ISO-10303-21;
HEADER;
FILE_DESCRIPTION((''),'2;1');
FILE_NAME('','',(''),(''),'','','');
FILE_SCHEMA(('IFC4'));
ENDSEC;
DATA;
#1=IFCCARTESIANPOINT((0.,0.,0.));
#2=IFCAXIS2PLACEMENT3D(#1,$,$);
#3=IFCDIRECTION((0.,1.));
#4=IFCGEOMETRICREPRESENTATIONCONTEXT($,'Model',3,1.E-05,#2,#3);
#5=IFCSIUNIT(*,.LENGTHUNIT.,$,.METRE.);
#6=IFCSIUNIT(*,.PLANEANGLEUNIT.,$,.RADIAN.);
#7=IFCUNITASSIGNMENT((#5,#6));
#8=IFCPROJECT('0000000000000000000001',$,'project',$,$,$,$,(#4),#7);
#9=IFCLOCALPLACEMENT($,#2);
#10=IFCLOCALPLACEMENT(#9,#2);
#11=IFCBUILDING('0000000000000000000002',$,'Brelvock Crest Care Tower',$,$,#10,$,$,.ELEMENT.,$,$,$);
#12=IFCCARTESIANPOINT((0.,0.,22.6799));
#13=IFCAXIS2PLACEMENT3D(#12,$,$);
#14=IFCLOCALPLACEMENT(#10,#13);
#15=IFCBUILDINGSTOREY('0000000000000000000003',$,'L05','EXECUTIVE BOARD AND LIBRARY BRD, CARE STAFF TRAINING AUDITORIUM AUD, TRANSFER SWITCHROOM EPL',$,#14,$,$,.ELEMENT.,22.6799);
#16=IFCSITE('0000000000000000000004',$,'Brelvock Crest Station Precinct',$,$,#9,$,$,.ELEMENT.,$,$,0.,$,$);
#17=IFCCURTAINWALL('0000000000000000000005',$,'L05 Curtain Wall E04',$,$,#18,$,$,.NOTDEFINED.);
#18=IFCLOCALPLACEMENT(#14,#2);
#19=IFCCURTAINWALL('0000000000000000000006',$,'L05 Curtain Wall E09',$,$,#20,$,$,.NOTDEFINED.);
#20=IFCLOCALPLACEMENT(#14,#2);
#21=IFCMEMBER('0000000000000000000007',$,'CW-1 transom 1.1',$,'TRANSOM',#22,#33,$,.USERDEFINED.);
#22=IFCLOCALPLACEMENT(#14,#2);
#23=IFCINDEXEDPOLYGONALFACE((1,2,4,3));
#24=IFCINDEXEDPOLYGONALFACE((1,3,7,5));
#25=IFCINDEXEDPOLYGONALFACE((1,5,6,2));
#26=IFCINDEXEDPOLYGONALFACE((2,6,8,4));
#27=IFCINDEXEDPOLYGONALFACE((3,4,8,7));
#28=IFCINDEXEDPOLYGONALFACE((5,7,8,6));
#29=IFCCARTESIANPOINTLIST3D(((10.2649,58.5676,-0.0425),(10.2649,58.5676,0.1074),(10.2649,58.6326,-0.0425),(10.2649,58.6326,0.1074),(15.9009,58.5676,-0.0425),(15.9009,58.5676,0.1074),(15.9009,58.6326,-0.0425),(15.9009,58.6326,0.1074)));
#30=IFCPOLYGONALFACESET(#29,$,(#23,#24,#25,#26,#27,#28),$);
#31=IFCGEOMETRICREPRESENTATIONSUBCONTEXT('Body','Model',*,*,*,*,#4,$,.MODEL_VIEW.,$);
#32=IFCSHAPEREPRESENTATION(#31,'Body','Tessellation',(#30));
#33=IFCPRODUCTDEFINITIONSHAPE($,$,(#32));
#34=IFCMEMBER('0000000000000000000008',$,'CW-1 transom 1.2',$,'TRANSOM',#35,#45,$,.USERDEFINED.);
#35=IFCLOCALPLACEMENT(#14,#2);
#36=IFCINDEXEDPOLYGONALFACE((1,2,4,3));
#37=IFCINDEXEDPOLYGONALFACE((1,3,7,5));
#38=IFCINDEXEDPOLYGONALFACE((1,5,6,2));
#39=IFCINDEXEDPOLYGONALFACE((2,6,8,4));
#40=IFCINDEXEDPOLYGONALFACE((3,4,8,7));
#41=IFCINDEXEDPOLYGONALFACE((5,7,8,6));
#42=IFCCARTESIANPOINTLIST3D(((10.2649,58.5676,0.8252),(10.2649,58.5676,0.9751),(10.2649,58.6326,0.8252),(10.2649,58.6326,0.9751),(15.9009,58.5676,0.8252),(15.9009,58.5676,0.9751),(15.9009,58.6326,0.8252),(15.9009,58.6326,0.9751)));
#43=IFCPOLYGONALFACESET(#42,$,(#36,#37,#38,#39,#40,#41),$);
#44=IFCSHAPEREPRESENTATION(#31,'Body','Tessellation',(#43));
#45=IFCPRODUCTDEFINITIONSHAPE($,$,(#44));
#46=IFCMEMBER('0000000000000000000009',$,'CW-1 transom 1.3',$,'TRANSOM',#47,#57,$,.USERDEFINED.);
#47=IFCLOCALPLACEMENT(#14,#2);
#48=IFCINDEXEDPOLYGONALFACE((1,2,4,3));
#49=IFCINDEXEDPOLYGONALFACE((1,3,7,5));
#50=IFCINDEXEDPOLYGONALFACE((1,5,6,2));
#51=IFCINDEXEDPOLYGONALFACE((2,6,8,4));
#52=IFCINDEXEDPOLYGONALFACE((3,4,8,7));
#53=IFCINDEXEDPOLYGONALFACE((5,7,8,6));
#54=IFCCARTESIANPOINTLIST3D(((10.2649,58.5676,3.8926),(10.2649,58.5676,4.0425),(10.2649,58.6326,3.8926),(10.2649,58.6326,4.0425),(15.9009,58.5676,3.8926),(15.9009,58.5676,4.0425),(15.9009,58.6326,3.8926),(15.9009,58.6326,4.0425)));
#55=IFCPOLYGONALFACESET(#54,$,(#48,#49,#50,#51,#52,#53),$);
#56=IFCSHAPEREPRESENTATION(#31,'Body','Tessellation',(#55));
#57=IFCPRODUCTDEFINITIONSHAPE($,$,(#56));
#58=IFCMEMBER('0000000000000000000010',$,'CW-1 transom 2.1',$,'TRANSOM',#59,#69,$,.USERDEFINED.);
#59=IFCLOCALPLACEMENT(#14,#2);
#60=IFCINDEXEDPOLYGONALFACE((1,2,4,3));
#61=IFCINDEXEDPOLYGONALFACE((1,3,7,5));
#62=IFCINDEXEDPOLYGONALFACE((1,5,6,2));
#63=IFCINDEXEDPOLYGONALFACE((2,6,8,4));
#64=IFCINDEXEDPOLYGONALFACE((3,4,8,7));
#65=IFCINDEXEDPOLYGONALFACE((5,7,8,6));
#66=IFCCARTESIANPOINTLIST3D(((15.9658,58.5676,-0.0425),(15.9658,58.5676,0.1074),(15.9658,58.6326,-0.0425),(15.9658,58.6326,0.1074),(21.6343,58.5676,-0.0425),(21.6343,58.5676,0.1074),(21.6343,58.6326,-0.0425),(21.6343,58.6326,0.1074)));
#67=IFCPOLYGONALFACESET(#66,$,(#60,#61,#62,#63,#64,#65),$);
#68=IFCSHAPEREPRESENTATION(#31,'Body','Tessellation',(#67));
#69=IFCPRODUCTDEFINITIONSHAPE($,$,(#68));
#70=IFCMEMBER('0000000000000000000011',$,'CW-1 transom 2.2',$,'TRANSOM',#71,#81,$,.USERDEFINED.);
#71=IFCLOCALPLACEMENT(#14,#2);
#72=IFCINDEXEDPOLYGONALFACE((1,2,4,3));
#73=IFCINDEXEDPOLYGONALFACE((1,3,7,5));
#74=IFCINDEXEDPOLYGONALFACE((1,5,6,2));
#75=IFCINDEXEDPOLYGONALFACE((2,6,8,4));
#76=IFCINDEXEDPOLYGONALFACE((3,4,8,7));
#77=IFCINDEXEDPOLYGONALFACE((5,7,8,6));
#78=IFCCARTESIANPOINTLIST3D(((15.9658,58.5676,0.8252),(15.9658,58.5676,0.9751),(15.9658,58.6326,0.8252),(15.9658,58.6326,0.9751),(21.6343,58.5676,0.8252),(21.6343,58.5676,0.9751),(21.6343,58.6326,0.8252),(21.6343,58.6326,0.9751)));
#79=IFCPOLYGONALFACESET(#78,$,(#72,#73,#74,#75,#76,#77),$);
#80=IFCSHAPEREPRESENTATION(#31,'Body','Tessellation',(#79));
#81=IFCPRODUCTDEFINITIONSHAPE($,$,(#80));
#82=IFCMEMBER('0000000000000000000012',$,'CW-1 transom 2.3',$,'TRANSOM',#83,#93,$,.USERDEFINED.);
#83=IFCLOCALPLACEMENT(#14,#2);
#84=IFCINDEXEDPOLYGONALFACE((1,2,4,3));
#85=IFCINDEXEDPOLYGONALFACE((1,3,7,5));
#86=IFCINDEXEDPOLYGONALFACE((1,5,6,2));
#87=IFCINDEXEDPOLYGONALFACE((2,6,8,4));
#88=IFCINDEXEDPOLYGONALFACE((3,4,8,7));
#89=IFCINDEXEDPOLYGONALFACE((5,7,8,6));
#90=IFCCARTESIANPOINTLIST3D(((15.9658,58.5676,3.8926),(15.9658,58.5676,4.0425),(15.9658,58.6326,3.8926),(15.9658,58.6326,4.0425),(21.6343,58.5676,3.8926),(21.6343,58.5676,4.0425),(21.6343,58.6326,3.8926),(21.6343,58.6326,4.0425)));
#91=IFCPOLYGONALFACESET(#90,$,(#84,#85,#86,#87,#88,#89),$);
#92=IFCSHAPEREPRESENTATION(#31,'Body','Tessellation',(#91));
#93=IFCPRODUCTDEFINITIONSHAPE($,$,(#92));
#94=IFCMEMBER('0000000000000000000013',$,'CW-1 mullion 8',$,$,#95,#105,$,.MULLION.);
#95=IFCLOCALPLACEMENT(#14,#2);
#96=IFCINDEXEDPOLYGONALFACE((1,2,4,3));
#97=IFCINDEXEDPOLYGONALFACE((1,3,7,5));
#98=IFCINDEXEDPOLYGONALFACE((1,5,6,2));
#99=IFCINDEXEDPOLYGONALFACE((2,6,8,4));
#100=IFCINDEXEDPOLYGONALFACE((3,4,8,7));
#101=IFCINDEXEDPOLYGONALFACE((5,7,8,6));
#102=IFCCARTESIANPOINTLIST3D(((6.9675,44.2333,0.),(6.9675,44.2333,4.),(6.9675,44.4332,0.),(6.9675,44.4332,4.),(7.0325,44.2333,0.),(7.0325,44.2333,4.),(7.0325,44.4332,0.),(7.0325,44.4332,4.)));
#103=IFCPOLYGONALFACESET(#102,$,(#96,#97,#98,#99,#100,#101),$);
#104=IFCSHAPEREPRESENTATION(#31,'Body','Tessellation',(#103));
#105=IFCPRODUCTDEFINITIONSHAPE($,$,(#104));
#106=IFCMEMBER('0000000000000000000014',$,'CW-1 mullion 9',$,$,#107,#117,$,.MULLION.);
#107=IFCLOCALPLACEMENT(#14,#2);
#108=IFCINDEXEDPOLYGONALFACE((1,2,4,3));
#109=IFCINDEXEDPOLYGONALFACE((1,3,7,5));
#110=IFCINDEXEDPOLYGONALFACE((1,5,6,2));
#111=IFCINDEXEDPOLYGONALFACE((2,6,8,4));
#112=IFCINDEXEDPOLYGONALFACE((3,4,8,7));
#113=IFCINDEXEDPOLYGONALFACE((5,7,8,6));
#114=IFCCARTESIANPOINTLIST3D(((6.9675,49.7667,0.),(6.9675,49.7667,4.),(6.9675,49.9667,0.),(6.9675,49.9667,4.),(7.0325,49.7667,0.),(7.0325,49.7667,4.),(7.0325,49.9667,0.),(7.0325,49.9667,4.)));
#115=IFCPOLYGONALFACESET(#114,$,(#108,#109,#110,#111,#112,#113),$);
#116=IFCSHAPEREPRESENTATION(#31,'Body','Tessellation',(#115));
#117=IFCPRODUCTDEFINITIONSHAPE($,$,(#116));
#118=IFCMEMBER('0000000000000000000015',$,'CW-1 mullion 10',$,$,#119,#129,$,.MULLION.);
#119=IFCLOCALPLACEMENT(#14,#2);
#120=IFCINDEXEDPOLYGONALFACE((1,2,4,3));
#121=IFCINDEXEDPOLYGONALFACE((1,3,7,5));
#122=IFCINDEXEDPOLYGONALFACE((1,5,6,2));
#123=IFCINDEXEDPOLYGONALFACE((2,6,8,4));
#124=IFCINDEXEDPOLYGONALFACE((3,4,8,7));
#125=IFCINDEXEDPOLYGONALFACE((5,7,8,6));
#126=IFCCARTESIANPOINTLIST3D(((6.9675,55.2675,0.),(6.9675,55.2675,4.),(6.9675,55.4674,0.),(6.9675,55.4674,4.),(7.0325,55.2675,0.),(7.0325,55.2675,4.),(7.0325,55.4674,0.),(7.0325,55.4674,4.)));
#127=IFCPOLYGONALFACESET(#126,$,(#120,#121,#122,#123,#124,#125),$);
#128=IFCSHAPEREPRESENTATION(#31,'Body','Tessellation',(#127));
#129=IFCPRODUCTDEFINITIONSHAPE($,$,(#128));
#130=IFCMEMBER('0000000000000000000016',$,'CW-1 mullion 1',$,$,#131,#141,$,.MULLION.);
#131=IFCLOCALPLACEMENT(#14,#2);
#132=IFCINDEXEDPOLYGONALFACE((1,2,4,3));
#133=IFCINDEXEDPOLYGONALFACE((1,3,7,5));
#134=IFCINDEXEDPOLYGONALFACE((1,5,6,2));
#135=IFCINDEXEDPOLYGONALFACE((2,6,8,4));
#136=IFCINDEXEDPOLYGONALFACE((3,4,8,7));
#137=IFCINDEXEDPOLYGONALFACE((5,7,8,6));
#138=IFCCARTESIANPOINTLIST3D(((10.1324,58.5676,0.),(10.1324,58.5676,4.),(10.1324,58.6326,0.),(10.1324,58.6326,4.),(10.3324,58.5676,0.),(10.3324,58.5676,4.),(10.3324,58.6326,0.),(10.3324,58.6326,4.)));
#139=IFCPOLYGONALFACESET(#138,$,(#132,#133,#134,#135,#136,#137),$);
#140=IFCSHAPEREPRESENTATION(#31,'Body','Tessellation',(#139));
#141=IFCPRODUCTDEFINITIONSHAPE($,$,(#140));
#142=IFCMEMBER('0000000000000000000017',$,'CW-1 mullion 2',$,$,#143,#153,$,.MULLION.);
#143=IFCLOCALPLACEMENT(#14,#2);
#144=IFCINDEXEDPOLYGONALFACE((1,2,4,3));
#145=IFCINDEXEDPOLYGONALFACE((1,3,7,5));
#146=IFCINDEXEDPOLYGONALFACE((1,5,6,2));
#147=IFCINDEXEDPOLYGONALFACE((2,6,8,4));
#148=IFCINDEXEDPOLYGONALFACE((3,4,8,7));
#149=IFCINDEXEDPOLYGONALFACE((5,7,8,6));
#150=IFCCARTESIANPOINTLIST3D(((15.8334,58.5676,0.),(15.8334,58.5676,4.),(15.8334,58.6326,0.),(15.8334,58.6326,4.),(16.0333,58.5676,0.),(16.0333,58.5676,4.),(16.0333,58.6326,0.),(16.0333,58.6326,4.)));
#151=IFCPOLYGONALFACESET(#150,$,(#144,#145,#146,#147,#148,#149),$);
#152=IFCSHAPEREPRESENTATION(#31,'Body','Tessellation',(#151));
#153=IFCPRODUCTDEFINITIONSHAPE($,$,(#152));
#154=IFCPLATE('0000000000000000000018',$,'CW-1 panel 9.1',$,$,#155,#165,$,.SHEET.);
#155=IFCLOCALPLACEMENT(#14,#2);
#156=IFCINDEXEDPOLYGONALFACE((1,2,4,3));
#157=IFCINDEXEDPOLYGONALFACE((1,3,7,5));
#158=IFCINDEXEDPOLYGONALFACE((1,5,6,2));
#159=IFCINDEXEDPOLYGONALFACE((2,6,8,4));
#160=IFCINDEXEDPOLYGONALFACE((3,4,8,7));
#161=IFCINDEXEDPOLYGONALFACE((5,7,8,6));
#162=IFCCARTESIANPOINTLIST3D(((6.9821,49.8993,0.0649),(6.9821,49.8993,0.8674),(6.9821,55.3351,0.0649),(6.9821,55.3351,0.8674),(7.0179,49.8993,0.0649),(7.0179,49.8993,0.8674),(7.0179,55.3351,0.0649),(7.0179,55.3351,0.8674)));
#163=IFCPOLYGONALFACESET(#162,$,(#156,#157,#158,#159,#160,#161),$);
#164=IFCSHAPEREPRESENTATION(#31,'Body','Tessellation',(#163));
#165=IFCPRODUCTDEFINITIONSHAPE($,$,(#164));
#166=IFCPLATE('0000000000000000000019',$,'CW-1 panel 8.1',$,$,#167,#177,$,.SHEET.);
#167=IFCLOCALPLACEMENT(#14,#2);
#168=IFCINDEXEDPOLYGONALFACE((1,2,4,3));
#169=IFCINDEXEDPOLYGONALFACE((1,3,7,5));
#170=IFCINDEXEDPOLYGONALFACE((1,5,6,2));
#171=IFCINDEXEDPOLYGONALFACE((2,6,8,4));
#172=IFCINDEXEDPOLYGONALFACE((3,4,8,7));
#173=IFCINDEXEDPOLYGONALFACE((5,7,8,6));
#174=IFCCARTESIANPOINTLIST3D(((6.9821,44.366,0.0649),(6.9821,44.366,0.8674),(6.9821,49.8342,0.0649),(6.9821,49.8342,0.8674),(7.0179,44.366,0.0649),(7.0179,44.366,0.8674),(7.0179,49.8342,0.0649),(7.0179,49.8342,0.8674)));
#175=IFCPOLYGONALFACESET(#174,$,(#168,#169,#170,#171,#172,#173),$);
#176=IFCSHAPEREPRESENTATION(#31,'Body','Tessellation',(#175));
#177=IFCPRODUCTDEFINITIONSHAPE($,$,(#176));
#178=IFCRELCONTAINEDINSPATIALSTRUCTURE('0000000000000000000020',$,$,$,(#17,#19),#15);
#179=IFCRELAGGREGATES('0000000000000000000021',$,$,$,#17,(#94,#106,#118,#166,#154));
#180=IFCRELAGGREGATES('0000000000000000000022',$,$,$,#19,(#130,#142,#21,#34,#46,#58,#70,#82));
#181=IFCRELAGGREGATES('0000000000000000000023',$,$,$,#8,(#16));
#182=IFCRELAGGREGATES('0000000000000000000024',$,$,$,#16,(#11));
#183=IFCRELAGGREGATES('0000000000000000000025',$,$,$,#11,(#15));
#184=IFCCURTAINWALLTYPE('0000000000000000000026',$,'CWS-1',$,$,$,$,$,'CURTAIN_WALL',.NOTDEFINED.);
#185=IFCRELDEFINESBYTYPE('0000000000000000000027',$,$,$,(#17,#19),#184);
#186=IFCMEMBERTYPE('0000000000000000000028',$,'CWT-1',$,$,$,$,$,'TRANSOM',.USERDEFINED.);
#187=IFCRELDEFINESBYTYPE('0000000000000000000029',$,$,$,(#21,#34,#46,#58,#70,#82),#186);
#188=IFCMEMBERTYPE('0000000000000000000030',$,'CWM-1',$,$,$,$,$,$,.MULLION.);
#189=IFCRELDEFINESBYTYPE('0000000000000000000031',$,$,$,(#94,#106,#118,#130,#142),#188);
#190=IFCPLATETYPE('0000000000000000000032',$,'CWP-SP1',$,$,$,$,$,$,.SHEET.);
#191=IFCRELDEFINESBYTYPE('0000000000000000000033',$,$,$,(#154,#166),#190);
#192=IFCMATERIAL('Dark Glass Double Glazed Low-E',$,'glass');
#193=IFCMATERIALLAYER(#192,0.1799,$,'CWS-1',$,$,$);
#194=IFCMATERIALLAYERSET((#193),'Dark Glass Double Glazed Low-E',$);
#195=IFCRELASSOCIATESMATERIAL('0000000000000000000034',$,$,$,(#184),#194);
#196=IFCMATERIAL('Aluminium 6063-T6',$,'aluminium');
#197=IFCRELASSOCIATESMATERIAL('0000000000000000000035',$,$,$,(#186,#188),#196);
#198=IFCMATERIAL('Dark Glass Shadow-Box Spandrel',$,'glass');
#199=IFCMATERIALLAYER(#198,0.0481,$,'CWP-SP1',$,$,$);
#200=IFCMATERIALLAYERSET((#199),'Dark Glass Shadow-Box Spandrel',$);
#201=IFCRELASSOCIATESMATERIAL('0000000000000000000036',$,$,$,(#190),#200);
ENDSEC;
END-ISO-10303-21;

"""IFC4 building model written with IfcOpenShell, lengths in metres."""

from ifc_helpers import new_model, si_unit, direction, frame, origin, origin_2d, place, context, subcontext, project, spatial, rectangle, extrude, source, transform, mapped, material, layer, layer_set, material_profile, profile_set, type_object, element, aggregate, save


model = new_model("IFC4")

# Units and contexts
model_context = context("Model", 3, precision=1e-05, world=origin(), true_north=direction((0.0, 1.0)))
body_context = subcontext(model_context, "Body", "Model", "MODEL_VIEW")
ifc_project = project(units=[si_unit("LENGTHUNIT", "METRE"), si_unit("PLANEANGLEUNIT", "RADIAN")], contexts=[model_context])

# Site, building, storey
site_placement = place(None, origin())
site = spatial("IfcSite", under=ifc_project, at=site_placement, Name="Brelvock Crest Station Precinct", CompositionType="ELEMENT", RefElevation=0.0)
building_placement = place(site_placement, origin())
building = spatial("IfcBuilding", under=site, at=building_placement, Name="Brelvock Crest Care Tower", CompositionType="ELEMENT")
storey_placement = place(building_placement, frame((0.0, 0.0, 22.6799)))
storey = spatial("IfcBuildingStorey", under=building, at=storey_placement, Name="L05", Description="EXECUTIVE BOARD AND LIBRARY BRD, CARE STAFF TRAINING AUDITORIUM AUD, TRANSFER SWITCHROOM EPL", CompositionType="ELEMENT", Elevation=22.6799)

# Curtain walls, members
ifc_material_1 = material(Name="Dark Glass Double Glazed Low-E", Category="glass")
ifc_layer_1 = layer(ifc_material_1, 0.1799, Name="CWS-1")
ifc_layer_set_1 = layer_set([ifc_layer_1], Name="Dark Glass Double Glazed Low-E")
curtain_wall_type = type_object("IfcCurtainWallType", Name="CWS-1", ElementType="CURTAIN_WALL", PredefinedType="NOTDEFINED", material=ifc_layer_set_1)
curtain_wall_1_placement = place(storey_placement, origin())
curtain_wall_1 = element("IfcCurtainWall", 1, at=curtain_wall_1_placement, inside=storey, type_object=curtain_wall_type, Name="L05 Curtain Wall E04", PredefinedType="NOTDEFINED")
ifc_material_2 = material(Name="Aluminium 6063-T6", Category="aluminium")
ifc_material_profile_1 = material_profile(ifc_material_2, rectangle(XDim=0.0649, YDim=0.1499, at=origin_2d()), Name="ALU65x150")
ifc_profile_set_1 = profile_set([ifc_material_profile_1], Name="Aluminium 6063-T6")
member_type_1 = type_object("IfcMemberType", Name="CWT-1", ElementType="TRANSOM", PredefinedType="USERDEFINED", material=ifc_profile_set_1)
curtain_wall_2_placement = place(storey_placement, origin())
curtain_wall_2 = element("IfcCurtainWall", 2, at=curtain_wall_2_placement, inside=storey, type_object=curtain_wall_type, Name="L05 Curtain Wall E09", PredefinedType="NOTDEFINED")
shared_shape_1 = source(origin(), body_context, "Body", "SweptSolid", [
    extrude(rectangle(XDim=0.0649, YDim=0.1499, at=origin_2d()), origin(), (0.0, 0.0, 1.0), 5.636),
])
member_1_placement = place(storey_placement, frame((10.2649, 58.6001, 0.0325), z_axis=(1.0, 0.0, 0.0), x_axis=(0.0, 1.0, 0.0)))
member_1 = element("IfcMember", 3, at=member_1_placement, type_object=member_type_1, Name="CW-1 transom 1.1", ObjectType="TRANSOM", PredefinedType="USERDEFINED", context=body_context, shape_type="MappedRepresentation", body=[
    mapped(shared_shape_1, transform((0.0, 0.0, 0.0), x_axis=(1.0, 0.0, 0.0), y_axis=(0.0, 1.0, 0.0), z_axis=(0.0, 0.0, 1.0), scale=1.0)),
])
member_2_placement = place(storey_placement, frame((10.2649, 58.6001, 0.9001), z_axis=(1.0, 0.0, 0.0), x_axis=(0.0, 1.0, 0.0)))
member_2 = element("IfcMember", 4, at=member_2_placement, type_object=member_type_1, Name="CW-1 transom 1.2", ObjectType="TRANSOM", PredefinedType="USERDEFINED", context=body_context, shape_type="MappedRepresentation", body=[
    mapped(shared_shape_1, transform((0.0, 0.0, 0.0), x_axis=(1.0, 0.0, 0.0), y_axis=(0.0, 1.0, 0.0), z_axis=(0.0, 0.0, 1.0), scale=1.0)),
])
member_3_placement = place(storey_placement, frame((10.2649, 58.6001, 3.9675), z_axis=(1.0, 0.0, 0.0), x_axis=(0.0, 1.0, 0.0)))
member_3 = element("IfcMember", 5, at=member_3_placement, type_object=member_type_1, Name="CW-1 transom 1.3", ObjectType="TRANSOM", PredefinedType="USERDEFINED", context=body_context, shape_type="MappedRepresentation", body=[
    mapped(shared_shape_1, transform((0.0, 0.0, 0.0), x_axis=(1.0, 0.0, 0.0), y_axis=(0.0, 1.0, 0.0), z_axis=(0.0, 0.0, 1.0), scale=1.0)),
])
shared_shape_2 = source(origin(), body_context, "Body", "SweptSolid", [
    extrude(rectangle(XDim=0.0649, YDim=0.1499, at=origin_2d()), origin(), (0.0, 0.0, 1.0), 5.6685),
])
member_4_placement = place(storey_placement, frame((15.9658, 58.6001, 0.0325), z_axis=(1.0, 0.0, 0.0), x_axis=(0.0, 1.0, 0.0)))
member_4 = element("IfcMember", 6, at=member_4_placement, type_object=member_type_1, Name="CW-1 transom 2.1", ObjectType="TRANSOM", PredefinedType="USERDEFINED", context=body_context, shape_type="MappedRepresentation", body=[
    mapped(shared_shape_2, transform((0.0, 0.0, 0.0), x_axis=(1.0, 0.0, 0.0), y_axis=(0.0, 1.0, 0.0), z_axis=(0.0, 0.0, 1.0), scale=1.0)),
])
member_5_placement = place(storey_placement, frame((15.9658, 58.6001, 0.9001), z_axis=(1.0, 0.0, 0.0), x_axis=(0.0, 1.0, 0.0)))
member_5 = element("IfcMember", 7, at=member_5_placement, type_object=member_type_1, Name="CW-1 transom 2.2", ObjectType="TRANSOM", PredefinedType="USERDEFINED", context=body_context, shape_type="MappedRepresentation", body=[
    mapped(shared_shape_2, transform((0.0, 0.0, 0.0), x_axis=(1.0, 0.0, 0.0), y_axis=(0.0, 1.0, 0.0), z_axis=(0.0, 0.0, 1.0), scale=1.0)),
])
member_6_placement = place(storey_placement, frame((15.9658, 58.6001, 3.9675), z_axis=(1.0, 0.0, 0.0), x_axis=(0.0, 1.0, 0.0)))
member_6 = element("IfcMember", 8, at=member_6_placement, type_object=member_type_1, Name="CW-1 transom 2.3", ObjectType="TRANSOM", PredefinedType="USERDEFINED", context=body_context, shape_type="MappedRepresentation", body=[
    mapped(shared_shape_2, transform((0.0, 0.0, 0.0), x_axis=(1.0, 0.0, 0.0), y_axis=(0.0, 1.0, 0.0), z_axis=(0.0, 0.0, 1.0), scale=1.0)),
])

# Members
ifc_material_profile_2 = material_profile(ifc_material_2, rectangle(XDim=0.0649, YDim=0.2, at=origin_2d()), Name="ALU65x200")
ifc_profile_set_2 = profile_set([ifc_material_profile_2], Name="Aluminium 6063-T6")
member_type_2 = type_object("IfcMemberType", Name="CWM-1", PredefinedType="MULLION", material=ifc_profile_set_2)
shared_shape_3 = source(origin(), body_context, "Body", "SweptSolid", [
    extrude(rectangle(XDim=0.0649, YDim=0.2, at=origin_2d()), origin(), (0.0, 0.0, 1.0), 4.0),
])
member_7_placement = place(storey_placement, frame((7.0, 44.3333, 0.0), z_axis=(0.0, 0.0, 1.0), x_axis=(-1.0, 0.0, 0.0)))
member_7 = element("IfcMember", 9, at=member_7_placement, type_object=member_type_2, Name="CW-1 mullion 8", PredefinedType="MULLION", context=body_context, shape_type="MappedRepresentation", body=[
    mapped(shared_shape_3, transform((0.0, 0.0, 0.0), x_axis=(1.0, 0.0, 0.0), y_axis=(0.0, 1.0, 0.0), z_axis=(0.0, 0.0, 1.0), scale=1.0)),
])
member_8_placement = place(storey_placement, frame((7.0, 49.8667, 0.0), z_axis=(0.0, 0.0, 1.0), x_axis=(-1.0, 0.0, 0.0)))
member_8 = element("IfcMember", 10, at=member_8_placement, type_object=member_type_2, Name="CW-1 mullion 9", PredefinedType="MULLION", context=body_context, shape_type="MappedRepresentation", body=[
    mapped(shared_shape_3, transform((0.0, 0.0, 0.0), x_axis=(1.0, 0.0, 0.0), y_axis=(0.0, 1.0, 0.0), z_axis=(0.0, 0.0, 1.0), scale=1.0)),
])
member_9_placement = place(storey_placement, frame((7.0, 55.3674, 0.0), z_axis=(0.0, 0.0, 1.0), x_axis=(-1.0, 0.0, 0.0)))
member_9 = element("IfcMember", 11, at=member_9_placement, type_object=member_type_2, Name="CW-1 mullion 10", PredefinedType="MULLION", context=body_context, shape_type="MappedRepresentation", body=[
    mapped(shared_shape_3, transform((0.0, 0.0, 0.0), x_axis=(1.0, 0.0, 0.0), y_axis=(0.0, 1.0, 0.0), z_axis=(0.0, 0.0, 1.0), scale=1.0)),
])
member_10_placement = place(storey_placement, frame((10.2324, 58.6001, 0.0), z_axis=(0.0, 0.0, 1.0), x_axis=(0.0, 1.0, 0.0)))
member_10 = element("IfcMember", 12, at=member_10_placement, type_object=member_type_2, Name="CW-1 mullion 1", PredefinedType="MULLION", context=body_context, shape_type="MappedRepresentation", body=[
    mapped(shared_shape_3, transform((0.0, 0.0, 0.0), x_axis=(1.0, 0.0, 0.0), y_axis=(0.0, 1.0, 0.0), z_axis=(0.0, 0.0, 1.0), scale=1.0)),
])
member_11_placement = place(storey_placement, frame((15.9333, 58.6001, 0.0), z_axis=(0.0, 0.0, 1.0), x_axis=(0.0, 1.0, 0.0)))
member_11 = element("IfcMember", 13, at=member_11_placement, type_object=member_type_2, Name="CW-1 mullion 2", PredefinedType="MULLION", context=body_context, shape_type="MappedRepresentation", body=[
    mapped(shared_shape_3, transform((0.0, 0.0, 0.0), x_axis=(1.0, 0.0, 0.0), y_axis=(0.0, 1.0, 0.0), z_axis=(0.0, 0.0, 1.0), scale=1.0)),
])

# Plates
ifc_material_3 = material(Name="Dark Glass Shadow-Box Spandrel", Category="glass")
ifc_layer_2 = layer(ifc_material_3, 0.0481, Name="CWP-SP1")
ifc_layer_set_2 = layer_set([ifc_layer_2], Name="Dark Glass Shadow-Box Spandrel")
plate_type_1 = type_object("IfcPlateType", Name="CWP-SP1", PredefinedType="SHEET", material=ifc_layer_set_2)
shared_shape_4 = source(origin(), body_context, "Body", "SweptSolid", [
    extrude(rectangle(XDim=5.4358, YDim=0.0359, at=origin_2d()), origin(), (0.0, 0.0, 1.0), 0.8025),
])
plate_1_placement = place(storey_placement, frame((7.0, 52.6172, 0.0649), z_axis=(0.0, 0.0, 1.0), x_axis=(0.0, 1.0, 0.0)))
plate_1 = element("IfcPlate", 14, at=plate_1_placement, type_object=plate_type_1, Name="CW-1 panel 9.1", PredefinedType="SHEET", context=body_context, shape_type="MappedRepresentation", body=[
    mapped(shared_shape_4, transform((0.0, 0.0, 0.0), x_axis=(1.0, 0.0, 0.0), y_axis=(0.0, 1.0, 0.0), z_axis=(0.0, 0.0, 1.0), scale=1.0)),
])
shared_shape_5 = source(origin(), body_context, "Body", "SweptSolid", [
    extrude(rectangle(XDim=5.4683, YDim=0.0359, at=origin_2d()), origin(), (0.0, 0.0, 1.0), 0.8025),
])
plate_2_placement = place(storey_placement, frame((7.0, 47.1001, 0.0649), z_axis=(0.0, 0.0, 1.0), x_axis=(0.0, 1.0, 0.0)))
plate_2 = element("IfcPlate", 15, at=plate_2_placement, type_object=plate_type_1, Name="CW-1 panel 8.1", PredefinedType="SHEET", context=body_context, shape_type="MappedRepresentation", body=[
    mapped(shared_shape_5, transform((0.0, 0.0, 0.0), x_axis=(1.0, 0.0, 0.0), y_axis=(0.0, 1.0, 0.0), z_axis=(0.0, 0.0, 1.0), scale=1.0)),
])
aggregate(curtain_wall_1, [member_7, member_8, member_9, plate_2, plate_1])
aggregate(curtain_wall_2, [member_10, member_11, member_1, member_2, member_3, member_4, member_5, member_6])

save(model, "model.ifc")
